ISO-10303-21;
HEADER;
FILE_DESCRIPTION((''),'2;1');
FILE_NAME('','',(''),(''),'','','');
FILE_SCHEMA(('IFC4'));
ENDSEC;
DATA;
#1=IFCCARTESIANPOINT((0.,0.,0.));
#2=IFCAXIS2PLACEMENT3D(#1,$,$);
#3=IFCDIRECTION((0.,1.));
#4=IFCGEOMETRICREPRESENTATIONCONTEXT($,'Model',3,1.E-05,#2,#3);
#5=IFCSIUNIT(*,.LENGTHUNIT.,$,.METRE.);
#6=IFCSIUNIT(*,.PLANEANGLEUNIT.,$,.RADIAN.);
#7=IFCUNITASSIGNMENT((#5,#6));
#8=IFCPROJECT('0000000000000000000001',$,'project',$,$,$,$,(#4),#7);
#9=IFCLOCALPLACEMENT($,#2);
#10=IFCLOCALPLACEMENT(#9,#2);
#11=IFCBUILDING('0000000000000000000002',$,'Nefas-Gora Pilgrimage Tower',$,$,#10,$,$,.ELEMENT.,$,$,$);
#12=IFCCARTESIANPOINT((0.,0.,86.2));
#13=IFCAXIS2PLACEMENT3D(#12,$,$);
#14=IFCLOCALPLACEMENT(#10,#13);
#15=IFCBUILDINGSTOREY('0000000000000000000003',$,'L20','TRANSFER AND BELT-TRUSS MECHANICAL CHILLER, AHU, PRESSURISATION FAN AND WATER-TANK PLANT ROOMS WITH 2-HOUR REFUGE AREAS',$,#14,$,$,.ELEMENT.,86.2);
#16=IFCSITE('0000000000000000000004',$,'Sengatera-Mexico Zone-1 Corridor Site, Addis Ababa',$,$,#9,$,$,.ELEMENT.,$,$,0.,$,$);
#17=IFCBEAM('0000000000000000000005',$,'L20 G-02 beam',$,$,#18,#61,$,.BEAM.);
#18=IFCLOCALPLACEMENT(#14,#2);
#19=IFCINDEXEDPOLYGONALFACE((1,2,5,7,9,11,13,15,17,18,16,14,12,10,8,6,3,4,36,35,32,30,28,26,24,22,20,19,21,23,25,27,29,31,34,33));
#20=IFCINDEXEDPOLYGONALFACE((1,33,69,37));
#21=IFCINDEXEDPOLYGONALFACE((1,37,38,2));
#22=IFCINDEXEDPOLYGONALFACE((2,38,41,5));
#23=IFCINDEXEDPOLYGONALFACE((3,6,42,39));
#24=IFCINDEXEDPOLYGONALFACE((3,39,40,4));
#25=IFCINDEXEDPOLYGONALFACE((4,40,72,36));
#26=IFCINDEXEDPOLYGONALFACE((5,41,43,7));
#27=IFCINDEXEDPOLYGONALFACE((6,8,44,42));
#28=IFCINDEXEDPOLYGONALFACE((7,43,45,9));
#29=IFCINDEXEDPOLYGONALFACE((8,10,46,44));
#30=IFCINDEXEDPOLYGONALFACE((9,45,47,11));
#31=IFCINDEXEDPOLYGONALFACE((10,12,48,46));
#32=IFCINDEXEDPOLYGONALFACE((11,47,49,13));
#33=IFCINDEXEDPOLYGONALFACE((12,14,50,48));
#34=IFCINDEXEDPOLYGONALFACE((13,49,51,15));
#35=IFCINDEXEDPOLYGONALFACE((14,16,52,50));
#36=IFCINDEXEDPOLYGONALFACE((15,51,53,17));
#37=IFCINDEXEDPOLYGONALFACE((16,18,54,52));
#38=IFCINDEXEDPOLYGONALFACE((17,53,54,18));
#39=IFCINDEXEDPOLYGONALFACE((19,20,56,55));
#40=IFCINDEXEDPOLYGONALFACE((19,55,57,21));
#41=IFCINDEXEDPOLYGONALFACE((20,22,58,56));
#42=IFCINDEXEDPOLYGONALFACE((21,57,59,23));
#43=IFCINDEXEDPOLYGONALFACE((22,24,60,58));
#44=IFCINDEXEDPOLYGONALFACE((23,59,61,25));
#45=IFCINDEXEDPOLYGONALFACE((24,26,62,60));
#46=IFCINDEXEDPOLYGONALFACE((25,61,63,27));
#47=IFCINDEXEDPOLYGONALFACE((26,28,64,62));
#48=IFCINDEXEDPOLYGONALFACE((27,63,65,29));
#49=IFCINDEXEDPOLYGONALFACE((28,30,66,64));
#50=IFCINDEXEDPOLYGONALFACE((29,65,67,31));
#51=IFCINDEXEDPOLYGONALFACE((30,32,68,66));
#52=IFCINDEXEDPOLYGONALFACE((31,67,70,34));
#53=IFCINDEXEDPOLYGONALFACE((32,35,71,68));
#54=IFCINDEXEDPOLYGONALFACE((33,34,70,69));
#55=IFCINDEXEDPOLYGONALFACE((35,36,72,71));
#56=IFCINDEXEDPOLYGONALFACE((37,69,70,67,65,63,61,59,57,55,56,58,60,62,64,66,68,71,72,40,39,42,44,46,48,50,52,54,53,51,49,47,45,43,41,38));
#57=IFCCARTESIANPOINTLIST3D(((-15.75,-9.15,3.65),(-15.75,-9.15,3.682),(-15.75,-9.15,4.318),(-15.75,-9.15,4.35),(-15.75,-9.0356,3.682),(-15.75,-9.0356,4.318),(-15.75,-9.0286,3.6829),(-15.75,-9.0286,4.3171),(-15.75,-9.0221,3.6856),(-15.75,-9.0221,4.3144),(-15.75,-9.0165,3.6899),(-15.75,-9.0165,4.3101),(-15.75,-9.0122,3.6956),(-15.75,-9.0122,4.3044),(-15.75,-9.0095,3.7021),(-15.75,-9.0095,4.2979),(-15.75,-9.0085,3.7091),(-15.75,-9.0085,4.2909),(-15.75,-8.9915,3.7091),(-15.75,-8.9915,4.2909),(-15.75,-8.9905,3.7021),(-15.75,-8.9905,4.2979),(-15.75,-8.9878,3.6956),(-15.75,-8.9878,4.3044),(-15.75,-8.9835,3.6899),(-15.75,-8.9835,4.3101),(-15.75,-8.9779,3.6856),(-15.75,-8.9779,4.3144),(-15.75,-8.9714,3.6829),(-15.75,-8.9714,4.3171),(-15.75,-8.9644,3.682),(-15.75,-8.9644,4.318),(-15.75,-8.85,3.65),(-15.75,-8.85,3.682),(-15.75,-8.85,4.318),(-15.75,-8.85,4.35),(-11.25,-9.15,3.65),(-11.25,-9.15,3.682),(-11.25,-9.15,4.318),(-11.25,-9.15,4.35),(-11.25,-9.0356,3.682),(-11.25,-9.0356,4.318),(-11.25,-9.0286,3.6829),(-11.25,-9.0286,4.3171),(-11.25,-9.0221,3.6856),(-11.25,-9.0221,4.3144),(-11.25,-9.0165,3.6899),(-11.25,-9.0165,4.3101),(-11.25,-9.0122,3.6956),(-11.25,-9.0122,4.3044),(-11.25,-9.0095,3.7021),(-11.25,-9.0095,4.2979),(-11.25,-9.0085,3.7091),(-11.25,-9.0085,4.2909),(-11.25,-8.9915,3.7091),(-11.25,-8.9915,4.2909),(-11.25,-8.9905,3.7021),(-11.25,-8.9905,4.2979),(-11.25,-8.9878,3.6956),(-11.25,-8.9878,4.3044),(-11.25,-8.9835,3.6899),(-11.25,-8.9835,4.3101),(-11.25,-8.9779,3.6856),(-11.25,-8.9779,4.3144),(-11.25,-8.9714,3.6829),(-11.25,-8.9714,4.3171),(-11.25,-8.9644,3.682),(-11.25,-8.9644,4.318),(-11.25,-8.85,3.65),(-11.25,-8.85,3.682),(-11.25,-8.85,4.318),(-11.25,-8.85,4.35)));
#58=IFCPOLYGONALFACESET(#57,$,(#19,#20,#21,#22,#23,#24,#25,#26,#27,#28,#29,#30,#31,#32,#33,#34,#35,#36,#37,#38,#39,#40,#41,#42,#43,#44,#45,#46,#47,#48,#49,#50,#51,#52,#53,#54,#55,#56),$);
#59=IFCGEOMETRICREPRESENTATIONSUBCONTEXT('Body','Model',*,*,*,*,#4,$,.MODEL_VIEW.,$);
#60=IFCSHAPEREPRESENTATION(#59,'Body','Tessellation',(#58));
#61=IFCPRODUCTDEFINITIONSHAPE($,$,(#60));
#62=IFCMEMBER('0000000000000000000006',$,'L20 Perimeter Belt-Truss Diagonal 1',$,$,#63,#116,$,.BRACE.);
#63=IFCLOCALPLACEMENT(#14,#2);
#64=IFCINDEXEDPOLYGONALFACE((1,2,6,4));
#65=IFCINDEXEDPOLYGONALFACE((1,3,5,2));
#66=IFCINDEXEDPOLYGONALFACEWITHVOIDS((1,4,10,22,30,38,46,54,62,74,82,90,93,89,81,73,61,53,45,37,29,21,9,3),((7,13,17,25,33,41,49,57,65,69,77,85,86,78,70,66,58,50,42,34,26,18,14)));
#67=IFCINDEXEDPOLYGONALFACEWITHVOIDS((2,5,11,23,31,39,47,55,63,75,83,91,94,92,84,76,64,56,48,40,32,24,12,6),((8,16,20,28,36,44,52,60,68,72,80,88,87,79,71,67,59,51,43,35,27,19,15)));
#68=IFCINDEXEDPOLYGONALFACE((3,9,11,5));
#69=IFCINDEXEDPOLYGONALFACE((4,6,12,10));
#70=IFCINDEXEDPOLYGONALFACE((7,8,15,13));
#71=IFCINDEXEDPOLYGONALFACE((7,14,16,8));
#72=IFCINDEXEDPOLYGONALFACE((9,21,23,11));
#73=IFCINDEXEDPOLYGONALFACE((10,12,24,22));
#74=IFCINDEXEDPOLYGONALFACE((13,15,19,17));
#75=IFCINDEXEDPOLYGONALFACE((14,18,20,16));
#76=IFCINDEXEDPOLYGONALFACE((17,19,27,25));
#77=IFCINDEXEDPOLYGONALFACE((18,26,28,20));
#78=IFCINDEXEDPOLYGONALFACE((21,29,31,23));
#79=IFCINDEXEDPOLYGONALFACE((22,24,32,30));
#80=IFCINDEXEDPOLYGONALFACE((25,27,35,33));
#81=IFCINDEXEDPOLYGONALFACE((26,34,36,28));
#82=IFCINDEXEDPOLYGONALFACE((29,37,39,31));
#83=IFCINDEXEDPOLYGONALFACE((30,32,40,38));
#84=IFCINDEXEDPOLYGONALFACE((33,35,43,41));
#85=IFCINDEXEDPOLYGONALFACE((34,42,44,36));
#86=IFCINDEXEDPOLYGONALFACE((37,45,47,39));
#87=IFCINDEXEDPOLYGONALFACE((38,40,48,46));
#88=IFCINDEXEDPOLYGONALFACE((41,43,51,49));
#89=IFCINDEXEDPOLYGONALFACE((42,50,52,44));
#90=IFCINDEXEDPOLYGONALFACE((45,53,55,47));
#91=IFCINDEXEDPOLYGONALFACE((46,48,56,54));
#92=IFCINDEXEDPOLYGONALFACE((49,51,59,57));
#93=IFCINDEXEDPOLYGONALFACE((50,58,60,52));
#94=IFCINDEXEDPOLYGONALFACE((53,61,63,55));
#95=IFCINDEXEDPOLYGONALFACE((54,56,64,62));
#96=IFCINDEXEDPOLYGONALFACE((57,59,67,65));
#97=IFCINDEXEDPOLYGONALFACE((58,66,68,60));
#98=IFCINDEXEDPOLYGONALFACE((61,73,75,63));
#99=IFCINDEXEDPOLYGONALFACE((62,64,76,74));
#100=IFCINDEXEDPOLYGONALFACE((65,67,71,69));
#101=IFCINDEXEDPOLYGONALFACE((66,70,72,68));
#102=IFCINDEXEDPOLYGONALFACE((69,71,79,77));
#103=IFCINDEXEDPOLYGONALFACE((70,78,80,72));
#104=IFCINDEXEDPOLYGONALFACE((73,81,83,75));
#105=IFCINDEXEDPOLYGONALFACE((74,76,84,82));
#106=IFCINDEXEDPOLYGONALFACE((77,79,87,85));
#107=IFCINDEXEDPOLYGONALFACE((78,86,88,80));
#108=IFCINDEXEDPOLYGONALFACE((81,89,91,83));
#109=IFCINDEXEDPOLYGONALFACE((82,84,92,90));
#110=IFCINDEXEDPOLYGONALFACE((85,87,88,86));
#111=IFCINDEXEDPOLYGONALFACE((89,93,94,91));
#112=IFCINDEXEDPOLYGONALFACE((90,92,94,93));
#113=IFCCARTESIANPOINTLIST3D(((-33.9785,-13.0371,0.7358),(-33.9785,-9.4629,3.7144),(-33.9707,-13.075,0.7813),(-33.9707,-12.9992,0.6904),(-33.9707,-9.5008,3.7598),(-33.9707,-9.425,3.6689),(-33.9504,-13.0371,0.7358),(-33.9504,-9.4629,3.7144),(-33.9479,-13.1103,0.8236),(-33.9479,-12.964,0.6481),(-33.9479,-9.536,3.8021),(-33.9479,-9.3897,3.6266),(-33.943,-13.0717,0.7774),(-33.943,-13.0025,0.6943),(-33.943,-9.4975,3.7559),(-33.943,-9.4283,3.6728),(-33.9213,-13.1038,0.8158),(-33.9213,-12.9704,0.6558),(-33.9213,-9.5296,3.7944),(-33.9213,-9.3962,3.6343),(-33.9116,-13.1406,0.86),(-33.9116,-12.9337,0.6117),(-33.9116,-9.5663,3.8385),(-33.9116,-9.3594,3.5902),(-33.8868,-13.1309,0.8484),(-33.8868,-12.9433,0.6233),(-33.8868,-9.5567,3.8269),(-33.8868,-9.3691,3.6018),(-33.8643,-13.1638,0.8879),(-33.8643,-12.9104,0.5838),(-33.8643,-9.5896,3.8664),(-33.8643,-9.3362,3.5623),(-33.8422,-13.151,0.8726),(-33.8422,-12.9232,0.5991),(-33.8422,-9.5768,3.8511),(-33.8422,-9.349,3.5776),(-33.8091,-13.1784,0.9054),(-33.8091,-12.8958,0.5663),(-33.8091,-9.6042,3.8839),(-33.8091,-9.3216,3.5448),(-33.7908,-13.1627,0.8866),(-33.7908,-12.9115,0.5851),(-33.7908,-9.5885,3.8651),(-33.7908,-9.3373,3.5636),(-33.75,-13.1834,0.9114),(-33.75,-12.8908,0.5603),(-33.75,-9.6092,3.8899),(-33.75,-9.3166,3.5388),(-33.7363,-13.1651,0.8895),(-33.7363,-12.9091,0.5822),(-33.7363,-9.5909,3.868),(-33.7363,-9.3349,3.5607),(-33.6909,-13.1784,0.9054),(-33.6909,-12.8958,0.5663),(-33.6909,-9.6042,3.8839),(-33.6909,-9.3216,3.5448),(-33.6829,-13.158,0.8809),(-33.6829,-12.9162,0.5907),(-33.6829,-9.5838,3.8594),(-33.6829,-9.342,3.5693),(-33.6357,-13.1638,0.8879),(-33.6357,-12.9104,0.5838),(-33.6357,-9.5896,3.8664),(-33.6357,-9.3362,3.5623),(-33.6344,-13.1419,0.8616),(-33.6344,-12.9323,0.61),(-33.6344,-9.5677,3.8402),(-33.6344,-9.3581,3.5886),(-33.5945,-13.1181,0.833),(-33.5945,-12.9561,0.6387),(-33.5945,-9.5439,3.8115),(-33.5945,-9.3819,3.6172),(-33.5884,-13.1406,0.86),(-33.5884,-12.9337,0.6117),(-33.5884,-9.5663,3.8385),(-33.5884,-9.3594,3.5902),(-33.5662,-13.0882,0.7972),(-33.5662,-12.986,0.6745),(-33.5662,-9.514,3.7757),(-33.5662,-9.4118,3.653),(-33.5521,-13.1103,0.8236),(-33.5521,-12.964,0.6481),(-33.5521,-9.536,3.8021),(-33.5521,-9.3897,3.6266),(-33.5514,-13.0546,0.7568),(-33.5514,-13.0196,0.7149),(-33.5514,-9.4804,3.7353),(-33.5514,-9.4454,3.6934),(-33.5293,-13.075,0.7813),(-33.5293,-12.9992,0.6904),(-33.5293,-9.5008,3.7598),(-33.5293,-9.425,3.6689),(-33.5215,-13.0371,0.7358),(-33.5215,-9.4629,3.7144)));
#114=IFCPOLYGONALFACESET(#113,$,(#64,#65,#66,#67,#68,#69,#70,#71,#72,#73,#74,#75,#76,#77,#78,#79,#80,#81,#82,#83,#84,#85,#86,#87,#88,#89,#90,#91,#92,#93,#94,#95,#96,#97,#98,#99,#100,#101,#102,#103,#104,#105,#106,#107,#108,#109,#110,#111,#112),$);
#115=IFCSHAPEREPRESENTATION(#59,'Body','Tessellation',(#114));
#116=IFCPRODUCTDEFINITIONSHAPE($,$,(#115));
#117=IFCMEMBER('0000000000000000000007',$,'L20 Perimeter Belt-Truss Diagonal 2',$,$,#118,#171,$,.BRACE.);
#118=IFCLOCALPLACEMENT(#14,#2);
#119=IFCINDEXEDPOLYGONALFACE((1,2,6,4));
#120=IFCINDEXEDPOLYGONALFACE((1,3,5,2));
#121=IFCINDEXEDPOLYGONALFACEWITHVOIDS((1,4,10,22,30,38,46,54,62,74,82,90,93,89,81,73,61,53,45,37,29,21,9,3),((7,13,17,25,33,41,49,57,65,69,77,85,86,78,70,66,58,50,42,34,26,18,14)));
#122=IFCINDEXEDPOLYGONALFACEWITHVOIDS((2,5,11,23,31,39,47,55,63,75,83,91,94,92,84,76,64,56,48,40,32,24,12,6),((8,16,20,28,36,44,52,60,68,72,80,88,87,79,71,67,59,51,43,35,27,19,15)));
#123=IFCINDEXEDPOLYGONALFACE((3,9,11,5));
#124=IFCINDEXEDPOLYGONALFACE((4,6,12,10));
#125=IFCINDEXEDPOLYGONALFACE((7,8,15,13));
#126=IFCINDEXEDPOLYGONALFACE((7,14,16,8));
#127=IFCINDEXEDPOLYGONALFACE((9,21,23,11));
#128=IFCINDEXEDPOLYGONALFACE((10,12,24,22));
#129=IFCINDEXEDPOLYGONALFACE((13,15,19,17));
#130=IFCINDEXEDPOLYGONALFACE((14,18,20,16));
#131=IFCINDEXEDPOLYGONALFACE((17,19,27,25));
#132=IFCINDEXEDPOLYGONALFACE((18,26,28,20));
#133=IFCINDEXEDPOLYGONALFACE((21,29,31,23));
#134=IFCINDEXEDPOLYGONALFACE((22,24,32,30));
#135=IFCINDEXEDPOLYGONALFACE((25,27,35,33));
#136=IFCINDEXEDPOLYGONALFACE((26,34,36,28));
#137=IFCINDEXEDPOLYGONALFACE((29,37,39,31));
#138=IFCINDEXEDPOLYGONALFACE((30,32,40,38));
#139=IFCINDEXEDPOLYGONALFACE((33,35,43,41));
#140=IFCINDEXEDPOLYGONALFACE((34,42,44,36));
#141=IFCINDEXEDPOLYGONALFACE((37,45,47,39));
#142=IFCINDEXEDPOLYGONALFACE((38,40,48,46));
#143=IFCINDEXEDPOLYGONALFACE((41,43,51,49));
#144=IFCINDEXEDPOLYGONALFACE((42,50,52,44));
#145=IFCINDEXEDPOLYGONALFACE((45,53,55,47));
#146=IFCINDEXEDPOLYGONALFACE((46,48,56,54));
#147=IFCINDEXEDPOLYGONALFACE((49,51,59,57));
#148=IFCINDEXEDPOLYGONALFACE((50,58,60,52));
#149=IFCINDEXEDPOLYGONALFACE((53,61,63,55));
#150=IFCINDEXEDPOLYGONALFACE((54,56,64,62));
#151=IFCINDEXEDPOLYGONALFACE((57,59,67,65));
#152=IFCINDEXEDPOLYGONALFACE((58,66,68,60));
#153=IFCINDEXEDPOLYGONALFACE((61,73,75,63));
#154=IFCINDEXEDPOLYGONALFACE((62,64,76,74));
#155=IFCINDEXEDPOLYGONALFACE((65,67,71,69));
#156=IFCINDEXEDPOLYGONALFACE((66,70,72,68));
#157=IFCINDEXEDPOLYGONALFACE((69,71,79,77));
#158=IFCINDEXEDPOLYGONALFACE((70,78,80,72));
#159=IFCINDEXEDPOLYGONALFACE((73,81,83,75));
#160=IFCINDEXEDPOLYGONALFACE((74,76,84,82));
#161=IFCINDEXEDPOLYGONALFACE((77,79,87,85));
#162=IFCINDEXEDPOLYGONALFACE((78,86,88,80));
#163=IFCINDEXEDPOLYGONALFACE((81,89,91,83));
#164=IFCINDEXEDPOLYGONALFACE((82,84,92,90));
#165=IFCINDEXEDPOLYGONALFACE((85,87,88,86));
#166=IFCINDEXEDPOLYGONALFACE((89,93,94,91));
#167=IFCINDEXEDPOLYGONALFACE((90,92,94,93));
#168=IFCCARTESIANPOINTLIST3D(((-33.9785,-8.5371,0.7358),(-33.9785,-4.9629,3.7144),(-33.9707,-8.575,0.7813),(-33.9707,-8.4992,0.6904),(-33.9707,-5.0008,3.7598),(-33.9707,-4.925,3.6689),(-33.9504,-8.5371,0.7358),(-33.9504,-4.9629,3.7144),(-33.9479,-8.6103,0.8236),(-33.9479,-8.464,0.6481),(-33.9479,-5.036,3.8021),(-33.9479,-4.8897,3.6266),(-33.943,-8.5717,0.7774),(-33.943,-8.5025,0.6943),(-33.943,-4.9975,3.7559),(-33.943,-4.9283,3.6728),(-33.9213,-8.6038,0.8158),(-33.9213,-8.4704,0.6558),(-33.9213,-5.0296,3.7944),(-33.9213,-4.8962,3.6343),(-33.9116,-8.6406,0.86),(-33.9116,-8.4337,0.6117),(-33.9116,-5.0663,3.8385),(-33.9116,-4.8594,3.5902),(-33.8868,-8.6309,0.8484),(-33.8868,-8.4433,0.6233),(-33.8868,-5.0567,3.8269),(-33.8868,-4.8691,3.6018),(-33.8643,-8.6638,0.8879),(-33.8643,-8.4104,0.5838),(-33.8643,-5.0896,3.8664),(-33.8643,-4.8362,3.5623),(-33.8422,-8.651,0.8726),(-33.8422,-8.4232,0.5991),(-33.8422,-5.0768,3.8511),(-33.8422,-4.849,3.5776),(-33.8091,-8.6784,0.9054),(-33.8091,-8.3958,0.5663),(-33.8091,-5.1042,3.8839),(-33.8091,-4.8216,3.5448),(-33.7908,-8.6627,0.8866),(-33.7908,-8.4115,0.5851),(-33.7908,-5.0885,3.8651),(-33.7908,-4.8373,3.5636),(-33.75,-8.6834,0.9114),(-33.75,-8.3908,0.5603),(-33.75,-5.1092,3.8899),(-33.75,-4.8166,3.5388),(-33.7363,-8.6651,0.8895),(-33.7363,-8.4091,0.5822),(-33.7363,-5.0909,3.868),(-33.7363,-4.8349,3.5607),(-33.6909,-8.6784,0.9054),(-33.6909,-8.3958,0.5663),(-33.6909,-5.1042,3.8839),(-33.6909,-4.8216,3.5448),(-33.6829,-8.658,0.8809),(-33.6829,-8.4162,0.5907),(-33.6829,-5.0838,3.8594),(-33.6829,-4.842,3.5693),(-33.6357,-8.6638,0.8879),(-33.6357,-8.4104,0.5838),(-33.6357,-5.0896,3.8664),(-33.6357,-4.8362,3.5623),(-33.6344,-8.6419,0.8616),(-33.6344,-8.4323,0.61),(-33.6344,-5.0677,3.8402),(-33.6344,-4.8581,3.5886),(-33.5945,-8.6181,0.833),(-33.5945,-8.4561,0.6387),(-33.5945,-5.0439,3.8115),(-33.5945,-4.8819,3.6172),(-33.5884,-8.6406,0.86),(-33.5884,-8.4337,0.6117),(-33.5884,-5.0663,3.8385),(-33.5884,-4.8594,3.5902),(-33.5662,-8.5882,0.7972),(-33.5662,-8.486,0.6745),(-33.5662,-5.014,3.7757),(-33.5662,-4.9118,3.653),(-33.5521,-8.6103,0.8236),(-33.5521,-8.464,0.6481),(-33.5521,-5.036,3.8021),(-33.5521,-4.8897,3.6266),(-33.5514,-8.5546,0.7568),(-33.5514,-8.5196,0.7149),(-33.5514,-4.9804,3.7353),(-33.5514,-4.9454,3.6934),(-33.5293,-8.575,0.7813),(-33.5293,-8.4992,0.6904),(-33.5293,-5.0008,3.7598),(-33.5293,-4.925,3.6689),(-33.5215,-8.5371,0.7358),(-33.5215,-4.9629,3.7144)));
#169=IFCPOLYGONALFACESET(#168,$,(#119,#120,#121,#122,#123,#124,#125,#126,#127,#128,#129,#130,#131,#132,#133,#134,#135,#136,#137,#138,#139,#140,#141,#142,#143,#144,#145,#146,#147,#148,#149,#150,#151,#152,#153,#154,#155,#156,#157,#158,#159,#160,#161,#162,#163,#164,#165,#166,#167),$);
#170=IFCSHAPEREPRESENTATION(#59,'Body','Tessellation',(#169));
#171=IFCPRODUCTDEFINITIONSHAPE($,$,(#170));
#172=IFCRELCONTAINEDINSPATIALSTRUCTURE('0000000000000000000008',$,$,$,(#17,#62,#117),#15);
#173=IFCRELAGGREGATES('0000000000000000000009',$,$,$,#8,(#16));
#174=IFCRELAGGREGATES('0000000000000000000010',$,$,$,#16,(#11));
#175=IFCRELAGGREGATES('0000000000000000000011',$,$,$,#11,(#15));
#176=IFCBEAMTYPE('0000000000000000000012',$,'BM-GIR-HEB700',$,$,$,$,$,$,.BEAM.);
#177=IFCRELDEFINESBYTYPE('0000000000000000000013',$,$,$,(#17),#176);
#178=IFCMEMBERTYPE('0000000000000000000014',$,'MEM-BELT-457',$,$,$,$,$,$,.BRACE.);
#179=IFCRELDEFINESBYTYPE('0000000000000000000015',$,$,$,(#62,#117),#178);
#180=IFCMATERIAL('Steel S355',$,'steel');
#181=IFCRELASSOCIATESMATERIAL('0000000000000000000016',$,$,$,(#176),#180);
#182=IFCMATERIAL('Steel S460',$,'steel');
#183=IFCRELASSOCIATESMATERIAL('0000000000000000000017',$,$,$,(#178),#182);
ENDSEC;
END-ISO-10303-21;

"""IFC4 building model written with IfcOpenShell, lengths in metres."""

from ifc_helpers import new_model, si_unit, direction, frame, origin, origin_2d, place, context, subcontext, project, spatial, hollow_circle, i_section, extrude, source, transform, mapped, material, material_profile, profile_set, type_object, element, save


model = new_model("IFC4")

# Units and contexts
model_context = context("Model", 3, precision=1e-05, world=origin(), true_north=direction((0.0, 1.0)))
body_context = subcontext(model_context, "Body", "Model", "MODEL_VIEW")
ifc_project = project(units=[si_unit("LENGTHUNIT", "METRE"), si_unit("PLANEANGLEUNIT", "RADIAN")], contexts=[model_context])

# Site, building, storey
site_placement = place(None, origin())
site = spatial("IfcSite", under=ifc_project, at=site_placement, Name="Sengatera-Mexico Zone-1 Corridor Site, Addis Ababa", CompositionType="ELEMENT", RefElevation=0.0)
building_placement = place(site_placement, origin())
building = spatial("IfcBuilding", under=site, at=building_placement, Name="Nefas-Gora Pilgrimage Tower", CompositionType="ELEMENT")
storey_placement = place(building_placement, frame((0.0, 0.0, 86.2)))
storey = spatial("IfcBuildingStorey", under=building, at=storey_placement, Name="L20", Description="TRANSFER AND BELT-TRUSS MECHANICAL CHILLER, AHU, PRESSURISATION FAN AND WATER-TANK PLANT ROOMS WITH 2-HOUR REFUGE AREAS", CompositionType="ELEMENT", Elevation=86.2)

# Shared definitions
ifc_material_1 = material(Name="Steel S460", Category="steel")

# Beam
ifc_material_2 = material(Name="Steel S355", Category="steel")
ifc_material_profile_1 = material_profile(ifc_material_2, i_section(OverallWidth=0.3, OverallDepth=0.7, WebThickness=0.0171, FlangeThickness=0.032, FilletRadius=0.0271, at=origin_2d()), Name="HEB 700")
ifc_profile_set_1 = profile_set([ifc_material_profile_1], Name="Steel S355")
beam_type_1 = type_object("IfcBeamType", Name="BM-GIR-HEB700", PredefinedType="BEAM", material=ifc_profile_set_1)
shared_shape_1 = source(origin(), body_context, "Body", "SweptSolid", [
    extrude(i_section(OverallWidth=0.3, OverallDepth=0.7, WebThickness=0.0171, FlangeThickness=0.032, FilletRadius=0.0271, at=origin_2d()), origin(), (0.0, 0.0, 1.0), 4.5),
])
for number, where, z_axis, x_axis, name in (
    (1, (-15.75, -9.0, 4.0), (1.0, 0.0, 0.0), (0.0, 1.0, 0.0), "L20 G-02 beam"),
):
    element("IfcBeam", number, at=place(storey_placement, frame(where, z_axis=z_axis, x_axis=x_axis)), inside=storey, type_object=beam_type_1, Name=name, PredefinedType="BEAM", context=body_context, shape_type="MappedRepresentation", body=[
        mapped(shared_shape_1, transform((0.0, 0.0, 0.0), x_axis=(1.0, 0.0, 0.0), y_axis=(0.0, 1.0, 0.0), z_axis=(0.0, 0.0, 1.0), scale=1.0)),
    ])

# Members
ifc_material_profile_2 = material_profile(ifc_material_1, hollow_circle(Radius=0.2285, WallThickness=0.0281, at=origin_2d()), Name="CHS 457x28")
ifc_profile_set_2 = profile_set([ifc_material_profile_2], Name="Steel S460")
member_type_1 = type_object("IfcMemberType", Name="MEM-BELT-457", PredefinedType="BRACE", material=ifc_profile_set_2)
shared_shape_2 = source(origin(), body_context, "Body", "SweptSolid", [
    extrude(hollow_circle(Radius=0.2285, WallThickness=0.0281, at=origin_2d()), origin(), (0.0, 0.0, 1.0), 4.6526),
])
for number, where, z_axis, x_axis, name in (
    (2, (-33.75, -13.0371, 0.7358), (0.0, 0.768221, 0.640184), (-1.0, 0.0, 0.0), "L20 Perimeter Belt-Truss Diagonal 1"),
    (3, (-33.75, -8.5371, 0.7358), (0.0, 0.768221, 0.640184), (-1.0, 0.0, 0.0), "L20 Perimeter Belt-Truss Diagonal 2"),
):
    element("IfcMember", number, at=place(storey_placement, frame(where, z_axis=z_axis, x_axis=x_axis)), inside=storey, type_object=member_type_1, Name=name, PredefinedType="BRACE", context=body_context, shape_type="MappedRepresentation", body=[
        mapped(shared_shape_2, transform((0.0, 0.0, 0.0), x_axis=(1.0, 0.0, 0.0), y_axis=(0.0, 1.0, 0.0), z_axis=(0.0, 0.0, 1.0), scale=1.0)),
    ])

save(model, "model.ifc")
